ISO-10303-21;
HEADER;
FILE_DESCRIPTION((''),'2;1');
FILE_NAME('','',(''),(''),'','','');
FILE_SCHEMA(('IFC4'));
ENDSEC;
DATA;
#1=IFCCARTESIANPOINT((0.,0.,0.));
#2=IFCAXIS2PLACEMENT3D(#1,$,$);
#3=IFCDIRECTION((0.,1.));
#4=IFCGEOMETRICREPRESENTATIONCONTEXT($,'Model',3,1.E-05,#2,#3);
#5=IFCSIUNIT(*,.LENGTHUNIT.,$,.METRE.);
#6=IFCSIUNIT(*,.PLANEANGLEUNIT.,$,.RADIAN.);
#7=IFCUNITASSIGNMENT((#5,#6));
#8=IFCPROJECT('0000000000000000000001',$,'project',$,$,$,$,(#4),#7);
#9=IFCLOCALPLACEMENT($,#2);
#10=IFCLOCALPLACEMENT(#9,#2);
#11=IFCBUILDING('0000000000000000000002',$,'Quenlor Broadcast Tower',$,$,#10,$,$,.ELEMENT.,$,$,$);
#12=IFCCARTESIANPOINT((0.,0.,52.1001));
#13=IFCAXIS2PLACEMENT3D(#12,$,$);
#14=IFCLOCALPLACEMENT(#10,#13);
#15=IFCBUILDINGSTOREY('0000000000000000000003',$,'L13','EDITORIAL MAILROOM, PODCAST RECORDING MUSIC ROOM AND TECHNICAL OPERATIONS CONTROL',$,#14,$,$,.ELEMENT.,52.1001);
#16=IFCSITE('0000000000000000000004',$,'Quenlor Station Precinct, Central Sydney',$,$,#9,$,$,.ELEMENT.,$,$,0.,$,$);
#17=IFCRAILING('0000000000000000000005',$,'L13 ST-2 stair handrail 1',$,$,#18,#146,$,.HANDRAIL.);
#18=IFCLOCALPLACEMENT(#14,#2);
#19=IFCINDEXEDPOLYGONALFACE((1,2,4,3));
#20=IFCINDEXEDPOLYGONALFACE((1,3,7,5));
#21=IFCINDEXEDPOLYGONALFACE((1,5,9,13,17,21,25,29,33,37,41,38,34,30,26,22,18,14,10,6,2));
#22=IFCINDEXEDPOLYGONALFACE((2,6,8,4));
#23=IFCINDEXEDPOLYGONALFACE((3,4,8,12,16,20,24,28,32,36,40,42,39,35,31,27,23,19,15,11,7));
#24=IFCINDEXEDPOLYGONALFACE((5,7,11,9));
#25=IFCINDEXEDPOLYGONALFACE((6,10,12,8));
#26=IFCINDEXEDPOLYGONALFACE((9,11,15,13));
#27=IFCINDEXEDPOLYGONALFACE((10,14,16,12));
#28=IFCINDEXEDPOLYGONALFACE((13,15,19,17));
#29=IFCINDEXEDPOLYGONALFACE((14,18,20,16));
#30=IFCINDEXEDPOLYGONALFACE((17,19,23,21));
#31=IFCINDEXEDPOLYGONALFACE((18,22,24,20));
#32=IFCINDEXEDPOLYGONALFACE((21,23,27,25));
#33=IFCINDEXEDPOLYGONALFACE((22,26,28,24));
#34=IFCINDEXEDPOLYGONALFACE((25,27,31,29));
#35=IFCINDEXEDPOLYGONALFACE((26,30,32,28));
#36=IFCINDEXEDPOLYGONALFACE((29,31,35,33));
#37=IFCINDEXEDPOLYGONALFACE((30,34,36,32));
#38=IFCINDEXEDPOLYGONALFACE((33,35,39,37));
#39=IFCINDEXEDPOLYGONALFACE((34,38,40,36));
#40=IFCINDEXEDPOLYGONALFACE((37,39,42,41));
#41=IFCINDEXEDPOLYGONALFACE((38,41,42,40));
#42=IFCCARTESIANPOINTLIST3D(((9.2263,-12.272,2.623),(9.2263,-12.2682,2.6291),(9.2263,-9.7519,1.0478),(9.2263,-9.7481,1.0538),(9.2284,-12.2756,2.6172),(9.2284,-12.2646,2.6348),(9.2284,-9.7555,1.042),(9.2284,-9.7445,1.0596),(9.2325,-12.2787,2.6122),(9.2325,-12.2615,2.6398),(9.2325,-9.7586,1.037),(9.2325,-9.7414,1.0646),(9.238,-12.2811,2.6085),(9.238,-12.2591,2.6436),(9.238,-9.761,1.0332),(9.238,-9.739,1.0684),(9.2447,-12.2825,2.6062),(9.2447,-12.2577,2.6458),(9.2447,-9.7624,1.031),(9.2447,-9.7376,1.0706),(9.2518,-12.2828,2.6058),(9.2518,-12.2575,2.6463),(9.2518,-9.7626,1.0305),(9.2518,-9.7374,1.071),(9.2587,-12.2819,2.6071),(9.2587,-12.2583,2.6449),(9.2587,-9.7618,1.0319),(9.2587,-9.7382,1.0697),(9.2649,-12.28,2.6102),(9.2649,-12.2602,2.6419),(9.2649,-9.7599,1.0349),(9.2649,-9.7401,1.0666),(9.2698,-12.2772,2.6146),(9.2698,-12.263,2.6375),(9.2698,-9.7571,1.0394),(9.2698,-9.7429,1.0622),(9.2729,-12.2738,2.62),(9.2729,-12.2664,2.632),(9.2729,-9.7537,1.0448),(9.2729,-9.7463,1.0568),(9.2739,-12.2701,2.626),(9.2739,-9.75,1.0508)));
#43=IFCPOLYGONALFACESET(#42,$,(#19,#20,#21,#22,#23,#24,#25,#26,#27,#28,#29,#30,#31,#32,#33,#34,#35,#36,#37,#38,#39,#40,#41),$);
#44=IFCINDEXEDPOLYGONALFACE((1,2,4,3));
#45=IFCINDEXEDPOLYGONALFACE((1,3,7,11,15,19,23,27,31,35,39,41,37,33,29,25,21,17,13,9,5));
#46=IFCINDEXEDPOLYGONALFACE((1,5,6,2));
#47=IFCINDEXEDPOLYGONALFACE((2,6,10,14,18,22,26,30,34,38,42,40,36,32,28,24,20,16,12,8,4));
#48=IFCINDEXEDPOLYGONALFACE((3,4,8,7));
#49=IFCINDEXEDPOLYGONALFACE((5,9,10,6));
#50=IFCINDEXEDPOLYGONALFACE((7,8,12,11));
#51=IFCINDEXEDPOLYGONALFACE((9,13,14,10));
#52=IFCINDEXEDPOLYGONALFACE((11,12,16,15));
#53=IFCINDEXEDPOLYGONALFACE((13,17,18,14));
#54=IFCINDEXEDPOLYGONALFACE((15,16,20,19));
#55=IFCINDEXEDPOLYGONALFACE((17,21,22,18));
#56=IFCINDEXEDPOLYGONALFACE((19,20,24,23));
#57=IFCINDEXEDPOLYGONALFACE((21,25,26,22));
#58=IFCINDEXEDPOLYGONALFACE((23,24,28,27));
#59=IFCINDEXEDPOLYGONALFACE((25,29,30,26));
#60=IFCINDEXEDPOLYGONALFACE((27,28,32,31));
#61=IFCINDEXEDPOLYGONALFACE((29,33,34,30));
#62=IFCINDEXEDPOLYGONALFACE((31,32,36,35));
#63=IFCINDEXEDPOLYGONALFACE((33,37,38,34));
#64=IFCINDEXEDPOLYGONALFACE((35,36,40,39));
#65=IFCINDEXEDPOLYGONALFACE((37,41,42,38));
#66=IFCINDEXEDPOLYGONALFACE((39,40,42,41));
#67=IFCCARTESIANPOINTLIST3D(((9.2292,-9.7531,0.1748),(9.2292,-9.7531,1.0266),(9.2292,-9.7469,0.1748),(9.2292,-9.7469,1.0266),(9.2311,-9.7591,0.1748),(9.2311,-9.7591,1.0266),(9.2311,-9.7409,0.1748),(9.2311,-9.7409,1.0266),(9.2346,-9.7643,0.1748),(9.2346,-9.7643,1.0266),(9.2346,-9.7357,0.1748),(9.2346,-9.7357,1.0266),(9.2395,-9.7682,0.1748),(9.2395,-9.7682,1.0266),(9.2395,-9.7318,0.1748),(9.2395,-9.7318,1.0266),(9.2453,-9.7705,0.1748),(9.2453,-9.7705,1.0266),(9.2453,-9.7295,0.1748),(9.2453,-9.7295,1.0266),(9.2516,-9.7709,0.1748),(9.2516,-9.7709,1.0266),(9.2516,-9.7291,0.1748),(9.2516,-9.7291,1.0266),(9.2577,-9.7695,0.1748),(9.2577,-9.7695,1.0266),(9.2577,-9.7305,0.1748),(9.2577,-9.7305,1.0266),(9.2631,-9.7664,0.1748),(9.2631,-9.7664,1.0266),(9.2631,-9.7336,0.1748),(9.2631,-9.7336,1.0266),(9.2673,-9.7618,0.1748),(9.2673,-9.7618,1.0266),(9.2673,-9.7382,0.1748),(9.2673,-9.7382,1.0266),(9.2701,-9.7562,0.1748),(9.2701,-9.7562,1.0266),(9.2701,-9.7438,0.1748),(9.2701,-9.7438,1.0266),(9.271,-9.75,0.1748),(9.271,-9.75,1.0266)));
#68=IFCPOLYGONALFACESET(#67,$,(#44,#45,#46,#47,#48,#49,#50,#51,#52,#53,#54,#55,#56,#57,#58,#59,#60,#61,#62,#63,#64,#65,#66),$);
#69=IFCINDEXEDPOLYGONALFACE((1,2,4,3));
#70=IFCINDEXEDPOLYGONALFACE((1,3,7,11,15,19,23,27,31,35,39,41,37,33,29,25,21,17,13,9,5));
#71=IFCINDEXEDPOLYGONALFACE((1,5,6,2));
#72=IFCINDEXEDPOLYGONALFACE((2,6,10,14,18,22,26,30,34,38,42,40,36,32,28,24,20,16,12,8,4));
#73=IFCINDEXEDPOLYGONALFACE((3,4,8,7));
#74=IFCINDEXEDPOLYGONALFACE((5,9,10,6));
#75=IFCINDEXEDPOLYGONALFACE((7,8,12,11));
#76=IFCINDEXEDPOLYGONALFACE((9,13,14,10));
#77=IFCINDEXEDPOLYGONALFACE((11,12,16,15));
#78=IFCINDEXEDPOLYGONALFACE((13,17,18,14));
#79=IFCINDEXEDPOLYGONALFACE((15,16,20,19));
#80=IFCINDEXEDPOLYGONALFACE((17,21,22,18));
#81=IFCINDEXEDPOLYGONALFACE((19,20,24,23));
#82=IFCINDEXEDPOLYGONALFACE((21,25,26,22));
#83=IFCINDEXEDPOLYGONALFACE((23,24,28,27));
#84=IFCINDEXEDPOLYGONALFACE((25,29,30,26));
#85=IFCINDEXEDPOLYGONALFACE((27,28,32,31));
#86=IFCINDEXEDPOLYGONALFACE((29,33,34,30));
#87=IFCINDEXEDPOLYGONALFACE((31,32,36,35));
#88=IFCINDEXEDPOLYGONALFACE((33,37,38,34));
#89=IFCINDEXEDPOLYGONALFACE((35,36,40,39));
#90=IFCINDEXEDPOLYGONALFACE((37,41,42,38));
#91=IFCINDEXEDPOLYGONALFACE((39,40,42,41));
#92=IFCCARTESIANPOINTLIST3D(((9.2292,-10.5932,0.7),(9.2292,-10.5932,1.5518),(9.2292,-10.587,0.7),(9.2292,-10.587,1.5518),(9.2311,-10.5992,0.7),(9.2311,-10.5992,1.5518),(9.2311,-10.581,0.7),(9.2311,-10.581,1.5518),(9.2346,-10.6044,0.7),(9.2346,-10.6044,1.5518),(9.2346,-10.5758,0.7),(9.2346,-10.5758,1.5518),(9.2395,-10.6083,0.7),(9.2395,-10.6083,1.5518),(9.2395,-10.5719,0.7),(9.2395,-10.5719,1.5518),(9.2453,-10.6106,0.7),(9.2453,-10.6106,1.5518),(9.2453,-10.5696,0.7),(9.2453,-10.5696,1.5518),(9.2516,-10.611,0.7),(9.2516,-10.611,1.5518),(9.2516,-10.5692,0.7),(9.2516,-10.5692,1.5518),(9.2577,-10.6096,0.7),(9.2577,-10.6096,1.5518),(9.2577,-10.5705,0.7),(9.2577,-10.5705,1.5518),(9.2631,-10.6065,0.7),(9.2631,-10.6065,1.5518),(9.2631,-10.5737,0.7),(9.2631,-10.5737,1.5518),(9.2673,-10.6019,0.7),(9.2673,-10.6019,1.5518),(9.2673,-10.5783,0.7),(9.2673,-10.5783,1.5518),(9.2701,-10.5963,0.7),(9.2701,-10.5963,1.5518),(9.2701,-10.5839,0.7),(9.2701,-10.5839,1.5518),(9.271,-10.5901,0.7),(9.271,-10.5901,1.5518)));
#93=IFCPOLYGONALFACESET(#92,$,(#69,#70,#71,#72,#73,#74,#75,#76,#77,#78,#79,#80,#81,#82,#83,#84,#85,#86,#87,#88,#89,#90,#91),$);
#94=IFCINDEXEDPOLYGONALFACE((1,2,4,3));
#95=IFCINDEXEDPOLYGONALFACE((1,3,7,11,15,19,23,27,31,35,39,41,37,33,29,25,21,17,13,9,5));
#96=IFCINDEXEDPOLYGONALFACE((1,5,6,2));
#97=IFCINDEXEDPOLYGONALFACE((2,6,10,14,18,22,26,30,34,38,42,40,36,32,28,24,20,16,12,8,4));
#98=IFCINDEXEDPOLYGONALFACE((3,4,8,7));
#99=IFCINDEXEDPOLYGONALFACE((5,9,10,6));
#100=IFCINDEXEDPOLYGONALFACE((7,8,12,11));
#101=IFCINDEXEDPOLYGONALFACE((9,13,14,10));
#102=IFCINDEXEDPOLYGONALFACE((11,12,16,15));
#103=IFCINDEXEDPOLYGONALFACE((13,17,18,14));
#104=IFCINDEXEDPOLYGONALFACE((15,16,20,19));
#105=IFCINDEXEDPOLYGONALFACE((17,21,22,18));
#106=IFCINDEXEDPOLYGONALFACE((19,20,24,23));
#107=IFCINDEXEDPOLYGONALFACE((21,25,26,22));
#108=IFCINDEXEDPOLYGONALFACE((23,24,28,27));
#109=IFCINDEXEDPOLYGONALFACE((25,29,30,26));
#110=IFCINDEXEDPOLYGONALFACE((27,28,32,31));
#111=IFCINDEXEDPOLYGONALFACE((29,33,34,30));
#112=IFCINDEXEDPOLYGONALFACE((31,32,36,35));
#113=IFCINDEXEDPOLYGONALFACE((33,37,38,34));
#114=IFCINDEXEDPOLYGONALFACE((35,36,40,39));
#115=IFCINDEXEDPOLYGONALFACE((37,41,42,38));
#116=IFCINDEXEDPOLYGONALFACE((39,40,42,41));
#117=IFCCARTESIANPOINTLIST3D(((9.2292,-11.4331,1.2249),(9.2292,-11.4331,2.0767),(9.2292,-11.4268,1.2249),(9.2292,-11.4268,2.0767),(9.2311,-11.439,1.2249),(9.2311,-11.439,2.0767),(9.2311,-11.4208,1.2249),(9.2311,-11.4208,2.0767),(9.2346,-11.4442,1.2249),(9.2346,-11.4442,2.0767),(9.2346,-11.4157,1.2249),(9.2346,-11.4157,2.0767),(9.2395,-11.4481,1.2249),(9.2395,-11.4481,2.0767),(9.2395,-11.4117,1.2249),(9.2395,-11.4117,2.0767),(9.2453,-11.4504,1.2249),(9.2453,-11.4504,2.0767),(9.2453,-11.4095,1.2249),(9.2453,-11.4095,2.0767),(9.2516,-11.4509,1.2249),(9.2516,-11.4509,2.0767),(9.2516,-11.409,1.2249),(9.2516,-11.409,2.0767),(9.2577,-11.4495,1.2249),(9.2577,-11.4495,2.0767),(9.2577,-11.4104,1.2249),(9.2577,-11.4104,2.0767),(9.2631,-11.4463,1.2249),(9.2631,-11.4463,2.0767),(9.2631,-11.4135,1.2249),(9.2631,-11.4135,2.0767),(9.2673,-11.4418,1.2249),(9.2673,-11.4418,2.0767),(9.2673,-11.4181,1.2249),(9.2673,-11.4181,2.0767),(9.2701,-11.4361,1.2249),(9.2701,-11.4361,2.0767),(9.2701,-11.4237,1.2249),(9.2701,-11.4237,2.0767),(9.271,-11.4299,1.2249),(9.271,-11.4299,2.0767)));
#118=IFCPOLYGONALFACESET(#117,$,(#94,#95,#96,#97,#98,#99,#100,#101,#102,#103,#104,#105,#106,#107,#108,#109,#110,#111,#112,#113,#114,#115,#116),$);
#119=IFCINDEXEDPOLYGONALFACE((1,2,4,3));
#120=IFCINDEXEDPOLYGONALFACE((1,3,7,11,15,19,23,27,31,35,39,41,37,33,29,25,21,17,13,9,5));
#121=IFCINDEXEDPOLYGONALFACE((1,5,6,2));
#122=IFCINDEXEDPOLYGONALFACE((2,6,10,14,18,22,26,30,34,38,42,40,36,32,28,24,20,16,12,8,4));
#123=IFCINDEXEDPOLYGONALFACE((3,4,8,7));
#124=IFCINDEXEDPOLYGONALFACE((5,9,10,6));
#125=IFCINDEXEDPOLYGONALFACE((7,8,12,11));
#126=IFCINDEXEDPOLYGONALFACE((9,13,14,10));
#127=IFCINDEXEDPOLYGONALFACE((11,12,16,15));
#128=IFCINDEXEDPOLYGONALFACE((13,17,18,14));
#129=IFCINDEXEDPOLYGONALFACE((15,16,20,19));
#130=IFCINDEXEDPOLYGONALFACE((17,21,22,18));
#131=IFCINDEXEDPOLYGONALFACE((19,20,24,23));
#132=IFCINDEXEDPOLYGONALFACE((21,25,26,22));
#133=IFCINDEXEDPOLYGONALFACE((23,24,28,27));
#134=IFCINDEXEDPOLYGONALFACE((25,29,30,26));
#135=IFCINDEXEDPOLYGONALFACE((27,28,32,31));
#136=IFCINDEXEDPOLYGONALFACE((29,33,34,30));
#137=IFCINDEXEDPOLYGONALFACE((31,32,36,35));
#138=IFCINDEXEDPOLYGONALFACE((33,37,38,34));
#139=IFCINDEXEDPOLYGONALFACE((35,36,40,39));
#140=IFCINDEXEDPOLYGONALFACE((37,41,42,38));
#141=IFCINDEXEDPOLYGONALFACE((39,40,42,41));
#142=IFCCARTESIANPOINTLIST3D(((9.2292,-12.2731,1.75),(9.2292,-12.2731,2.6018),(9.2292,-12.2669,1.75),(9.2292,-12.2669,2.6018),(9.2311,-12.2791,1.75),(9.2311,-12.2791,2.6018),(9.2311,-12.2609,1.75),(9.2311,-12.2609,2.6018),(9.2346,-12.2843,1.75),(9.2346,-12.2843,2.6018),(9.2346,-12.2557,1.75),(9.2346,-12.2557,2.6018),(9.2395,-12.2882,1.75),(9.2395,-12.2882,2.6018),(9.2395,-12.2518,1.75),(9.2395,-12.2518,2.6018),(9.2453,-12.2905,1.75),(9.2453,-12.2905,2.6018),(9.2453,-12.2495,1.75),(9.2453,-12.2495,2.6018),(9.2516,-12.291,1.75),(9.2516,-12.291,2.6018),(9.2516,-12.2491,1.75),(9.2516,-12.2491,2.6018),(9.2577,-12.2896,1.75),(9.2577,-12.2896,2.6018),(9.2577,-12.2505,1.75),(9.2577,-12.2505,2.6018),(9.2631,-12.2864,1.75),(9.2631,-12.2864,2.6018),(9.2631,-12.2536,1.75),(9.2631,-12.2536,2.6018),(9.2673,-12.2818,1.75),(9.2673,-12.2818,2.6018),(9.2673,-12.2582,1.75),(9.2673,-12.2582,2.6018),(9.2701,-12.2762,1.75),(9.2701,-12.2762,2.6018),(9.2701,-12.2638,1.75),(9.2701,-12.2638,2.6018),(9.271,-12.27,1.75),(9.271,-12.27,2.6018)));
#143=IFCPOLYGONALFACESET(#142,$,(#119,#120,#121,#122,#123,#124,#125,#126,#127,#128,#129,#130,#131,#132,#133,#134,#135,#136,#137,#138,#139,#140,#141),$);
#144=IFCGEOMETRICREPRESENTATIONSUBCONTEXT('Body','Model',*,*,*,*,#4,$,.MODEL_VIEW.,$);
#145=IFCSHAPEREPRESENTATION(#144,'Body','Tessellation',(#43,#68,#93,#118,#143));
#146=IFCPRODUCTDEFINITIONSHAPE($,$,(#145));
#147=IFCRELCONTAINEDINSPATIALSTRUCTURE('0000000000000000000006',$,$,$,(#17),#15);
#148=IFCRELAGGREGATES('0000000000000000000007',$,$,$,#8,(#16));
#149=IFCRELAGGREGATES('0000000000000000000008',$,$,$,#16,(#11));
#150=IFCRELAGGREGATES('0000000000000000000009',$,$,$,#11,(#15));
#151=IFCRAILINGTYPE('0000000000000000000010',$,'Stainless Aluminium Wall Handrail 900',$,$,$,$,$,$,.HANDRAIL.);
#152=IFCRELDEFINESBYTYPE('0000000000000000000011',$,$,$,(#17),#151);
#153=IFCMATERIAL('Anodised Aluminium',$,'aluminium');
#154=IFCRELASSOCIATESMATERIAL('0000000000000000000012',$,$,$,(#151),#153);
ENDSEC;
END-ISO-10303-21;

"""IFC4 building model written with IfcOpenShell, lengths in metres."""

from ifc_helpers import new_model, si_unit, direction, frame, origin, origin_2d, place, context, subcontext, project, spatial, circle, extrude, material, type_object, element, save


model = new_model("IFC4")

# Units and contexts
model_context = context("Model", 3, precision=1e-05, world=origin(), true_north=direction((0.0, 1.0)))
body_context = subcontext(model_context, "Body", "Model", "MODEL_VIEW")
ifc_project = project(units=[si_unit("LENGTHUNIT", "METRE"), si_unit("PLANEANGLEUNIT", "RADIAN")], contexts=[model_context])

# Site, building, storey
site_placement = place(None, origin())
site = spatial("IfcSite", under=ifc_project, at=site_placement, Name="Quenlor Station Precinct, Central Sydney", CompositionType="ELEMENT", RefElevation=0.0)
building_placement = place(site_placement, origin())
building = spatial("IfcBuilding", under=site, at=building_placement, Name="Quenlor Broadcast Tower", CompositionType="ELEMENT")
storey_placement = place(building_placement, frame((0.0, 0.0, 52.1001)))
storey = spatial("IfcBuildingStorey", under=building, at=storey_placement, Name="L13", Description="EDITORIAL MAILROOM, PODCAST RECORDING MUSIC ROOM AND TECHNICAL OPERATIONS CONTROL", CompositionType="ELEMENT", Elevation=52.1001)

# Railing
ifc_material_1 = material(Name="Anodised Aluminium", Category="aluminium")
railing_type = type_object("IfcRailingType", Name="Stainless Aluminium Wall Handrail 900", PredefinedType="HANDRAIL", material=ifc_material_1)
railing_placement = place(storey_placement, frame((9.25, -9.75, 0.1748)))
element("IfcRailing", 1, at=railing_placement, inside=storey, type_object=railing_type, Name="L13 ST-2 stair handrail 1", PredefinedType="HANDRAIL", context=body_context, shape_type="SweptSolid", body=[
    extrude(circle(Radius=0.0239, at=origin_2d()), frame((0.0, 0.0, 0.876), z_axis=(0.0, -0.847971, 0.530043), x_axis=(1.0, 0.0, 0.0)), (0.0, 0.0, 1.0), 2.9719),
    extrude(circle(Radius=0.021, at=origin_2d()), origin(), (0.0, 0.0, 1.0), 0.8518),
    extrude(circle(Radius=0.021, at=origin_2d()), frame((0.0, -0.8401, 0.5251)), (0.0, 0.0, 1.0), 0.8518),
    extrude(circle(Radius=0.021, at=origin_2d()), frame((0.0, -1.6799, 1.05)), (0.0, 0.0, 1.0), 0.8518),
    extrude(circle(Radius=0.021, at=origin_2d()), frame((0.0, -2.52, 1.5752)), (0.0, 0.0, 1.0), 0.8518),
])

save(model, "model.ifc")
